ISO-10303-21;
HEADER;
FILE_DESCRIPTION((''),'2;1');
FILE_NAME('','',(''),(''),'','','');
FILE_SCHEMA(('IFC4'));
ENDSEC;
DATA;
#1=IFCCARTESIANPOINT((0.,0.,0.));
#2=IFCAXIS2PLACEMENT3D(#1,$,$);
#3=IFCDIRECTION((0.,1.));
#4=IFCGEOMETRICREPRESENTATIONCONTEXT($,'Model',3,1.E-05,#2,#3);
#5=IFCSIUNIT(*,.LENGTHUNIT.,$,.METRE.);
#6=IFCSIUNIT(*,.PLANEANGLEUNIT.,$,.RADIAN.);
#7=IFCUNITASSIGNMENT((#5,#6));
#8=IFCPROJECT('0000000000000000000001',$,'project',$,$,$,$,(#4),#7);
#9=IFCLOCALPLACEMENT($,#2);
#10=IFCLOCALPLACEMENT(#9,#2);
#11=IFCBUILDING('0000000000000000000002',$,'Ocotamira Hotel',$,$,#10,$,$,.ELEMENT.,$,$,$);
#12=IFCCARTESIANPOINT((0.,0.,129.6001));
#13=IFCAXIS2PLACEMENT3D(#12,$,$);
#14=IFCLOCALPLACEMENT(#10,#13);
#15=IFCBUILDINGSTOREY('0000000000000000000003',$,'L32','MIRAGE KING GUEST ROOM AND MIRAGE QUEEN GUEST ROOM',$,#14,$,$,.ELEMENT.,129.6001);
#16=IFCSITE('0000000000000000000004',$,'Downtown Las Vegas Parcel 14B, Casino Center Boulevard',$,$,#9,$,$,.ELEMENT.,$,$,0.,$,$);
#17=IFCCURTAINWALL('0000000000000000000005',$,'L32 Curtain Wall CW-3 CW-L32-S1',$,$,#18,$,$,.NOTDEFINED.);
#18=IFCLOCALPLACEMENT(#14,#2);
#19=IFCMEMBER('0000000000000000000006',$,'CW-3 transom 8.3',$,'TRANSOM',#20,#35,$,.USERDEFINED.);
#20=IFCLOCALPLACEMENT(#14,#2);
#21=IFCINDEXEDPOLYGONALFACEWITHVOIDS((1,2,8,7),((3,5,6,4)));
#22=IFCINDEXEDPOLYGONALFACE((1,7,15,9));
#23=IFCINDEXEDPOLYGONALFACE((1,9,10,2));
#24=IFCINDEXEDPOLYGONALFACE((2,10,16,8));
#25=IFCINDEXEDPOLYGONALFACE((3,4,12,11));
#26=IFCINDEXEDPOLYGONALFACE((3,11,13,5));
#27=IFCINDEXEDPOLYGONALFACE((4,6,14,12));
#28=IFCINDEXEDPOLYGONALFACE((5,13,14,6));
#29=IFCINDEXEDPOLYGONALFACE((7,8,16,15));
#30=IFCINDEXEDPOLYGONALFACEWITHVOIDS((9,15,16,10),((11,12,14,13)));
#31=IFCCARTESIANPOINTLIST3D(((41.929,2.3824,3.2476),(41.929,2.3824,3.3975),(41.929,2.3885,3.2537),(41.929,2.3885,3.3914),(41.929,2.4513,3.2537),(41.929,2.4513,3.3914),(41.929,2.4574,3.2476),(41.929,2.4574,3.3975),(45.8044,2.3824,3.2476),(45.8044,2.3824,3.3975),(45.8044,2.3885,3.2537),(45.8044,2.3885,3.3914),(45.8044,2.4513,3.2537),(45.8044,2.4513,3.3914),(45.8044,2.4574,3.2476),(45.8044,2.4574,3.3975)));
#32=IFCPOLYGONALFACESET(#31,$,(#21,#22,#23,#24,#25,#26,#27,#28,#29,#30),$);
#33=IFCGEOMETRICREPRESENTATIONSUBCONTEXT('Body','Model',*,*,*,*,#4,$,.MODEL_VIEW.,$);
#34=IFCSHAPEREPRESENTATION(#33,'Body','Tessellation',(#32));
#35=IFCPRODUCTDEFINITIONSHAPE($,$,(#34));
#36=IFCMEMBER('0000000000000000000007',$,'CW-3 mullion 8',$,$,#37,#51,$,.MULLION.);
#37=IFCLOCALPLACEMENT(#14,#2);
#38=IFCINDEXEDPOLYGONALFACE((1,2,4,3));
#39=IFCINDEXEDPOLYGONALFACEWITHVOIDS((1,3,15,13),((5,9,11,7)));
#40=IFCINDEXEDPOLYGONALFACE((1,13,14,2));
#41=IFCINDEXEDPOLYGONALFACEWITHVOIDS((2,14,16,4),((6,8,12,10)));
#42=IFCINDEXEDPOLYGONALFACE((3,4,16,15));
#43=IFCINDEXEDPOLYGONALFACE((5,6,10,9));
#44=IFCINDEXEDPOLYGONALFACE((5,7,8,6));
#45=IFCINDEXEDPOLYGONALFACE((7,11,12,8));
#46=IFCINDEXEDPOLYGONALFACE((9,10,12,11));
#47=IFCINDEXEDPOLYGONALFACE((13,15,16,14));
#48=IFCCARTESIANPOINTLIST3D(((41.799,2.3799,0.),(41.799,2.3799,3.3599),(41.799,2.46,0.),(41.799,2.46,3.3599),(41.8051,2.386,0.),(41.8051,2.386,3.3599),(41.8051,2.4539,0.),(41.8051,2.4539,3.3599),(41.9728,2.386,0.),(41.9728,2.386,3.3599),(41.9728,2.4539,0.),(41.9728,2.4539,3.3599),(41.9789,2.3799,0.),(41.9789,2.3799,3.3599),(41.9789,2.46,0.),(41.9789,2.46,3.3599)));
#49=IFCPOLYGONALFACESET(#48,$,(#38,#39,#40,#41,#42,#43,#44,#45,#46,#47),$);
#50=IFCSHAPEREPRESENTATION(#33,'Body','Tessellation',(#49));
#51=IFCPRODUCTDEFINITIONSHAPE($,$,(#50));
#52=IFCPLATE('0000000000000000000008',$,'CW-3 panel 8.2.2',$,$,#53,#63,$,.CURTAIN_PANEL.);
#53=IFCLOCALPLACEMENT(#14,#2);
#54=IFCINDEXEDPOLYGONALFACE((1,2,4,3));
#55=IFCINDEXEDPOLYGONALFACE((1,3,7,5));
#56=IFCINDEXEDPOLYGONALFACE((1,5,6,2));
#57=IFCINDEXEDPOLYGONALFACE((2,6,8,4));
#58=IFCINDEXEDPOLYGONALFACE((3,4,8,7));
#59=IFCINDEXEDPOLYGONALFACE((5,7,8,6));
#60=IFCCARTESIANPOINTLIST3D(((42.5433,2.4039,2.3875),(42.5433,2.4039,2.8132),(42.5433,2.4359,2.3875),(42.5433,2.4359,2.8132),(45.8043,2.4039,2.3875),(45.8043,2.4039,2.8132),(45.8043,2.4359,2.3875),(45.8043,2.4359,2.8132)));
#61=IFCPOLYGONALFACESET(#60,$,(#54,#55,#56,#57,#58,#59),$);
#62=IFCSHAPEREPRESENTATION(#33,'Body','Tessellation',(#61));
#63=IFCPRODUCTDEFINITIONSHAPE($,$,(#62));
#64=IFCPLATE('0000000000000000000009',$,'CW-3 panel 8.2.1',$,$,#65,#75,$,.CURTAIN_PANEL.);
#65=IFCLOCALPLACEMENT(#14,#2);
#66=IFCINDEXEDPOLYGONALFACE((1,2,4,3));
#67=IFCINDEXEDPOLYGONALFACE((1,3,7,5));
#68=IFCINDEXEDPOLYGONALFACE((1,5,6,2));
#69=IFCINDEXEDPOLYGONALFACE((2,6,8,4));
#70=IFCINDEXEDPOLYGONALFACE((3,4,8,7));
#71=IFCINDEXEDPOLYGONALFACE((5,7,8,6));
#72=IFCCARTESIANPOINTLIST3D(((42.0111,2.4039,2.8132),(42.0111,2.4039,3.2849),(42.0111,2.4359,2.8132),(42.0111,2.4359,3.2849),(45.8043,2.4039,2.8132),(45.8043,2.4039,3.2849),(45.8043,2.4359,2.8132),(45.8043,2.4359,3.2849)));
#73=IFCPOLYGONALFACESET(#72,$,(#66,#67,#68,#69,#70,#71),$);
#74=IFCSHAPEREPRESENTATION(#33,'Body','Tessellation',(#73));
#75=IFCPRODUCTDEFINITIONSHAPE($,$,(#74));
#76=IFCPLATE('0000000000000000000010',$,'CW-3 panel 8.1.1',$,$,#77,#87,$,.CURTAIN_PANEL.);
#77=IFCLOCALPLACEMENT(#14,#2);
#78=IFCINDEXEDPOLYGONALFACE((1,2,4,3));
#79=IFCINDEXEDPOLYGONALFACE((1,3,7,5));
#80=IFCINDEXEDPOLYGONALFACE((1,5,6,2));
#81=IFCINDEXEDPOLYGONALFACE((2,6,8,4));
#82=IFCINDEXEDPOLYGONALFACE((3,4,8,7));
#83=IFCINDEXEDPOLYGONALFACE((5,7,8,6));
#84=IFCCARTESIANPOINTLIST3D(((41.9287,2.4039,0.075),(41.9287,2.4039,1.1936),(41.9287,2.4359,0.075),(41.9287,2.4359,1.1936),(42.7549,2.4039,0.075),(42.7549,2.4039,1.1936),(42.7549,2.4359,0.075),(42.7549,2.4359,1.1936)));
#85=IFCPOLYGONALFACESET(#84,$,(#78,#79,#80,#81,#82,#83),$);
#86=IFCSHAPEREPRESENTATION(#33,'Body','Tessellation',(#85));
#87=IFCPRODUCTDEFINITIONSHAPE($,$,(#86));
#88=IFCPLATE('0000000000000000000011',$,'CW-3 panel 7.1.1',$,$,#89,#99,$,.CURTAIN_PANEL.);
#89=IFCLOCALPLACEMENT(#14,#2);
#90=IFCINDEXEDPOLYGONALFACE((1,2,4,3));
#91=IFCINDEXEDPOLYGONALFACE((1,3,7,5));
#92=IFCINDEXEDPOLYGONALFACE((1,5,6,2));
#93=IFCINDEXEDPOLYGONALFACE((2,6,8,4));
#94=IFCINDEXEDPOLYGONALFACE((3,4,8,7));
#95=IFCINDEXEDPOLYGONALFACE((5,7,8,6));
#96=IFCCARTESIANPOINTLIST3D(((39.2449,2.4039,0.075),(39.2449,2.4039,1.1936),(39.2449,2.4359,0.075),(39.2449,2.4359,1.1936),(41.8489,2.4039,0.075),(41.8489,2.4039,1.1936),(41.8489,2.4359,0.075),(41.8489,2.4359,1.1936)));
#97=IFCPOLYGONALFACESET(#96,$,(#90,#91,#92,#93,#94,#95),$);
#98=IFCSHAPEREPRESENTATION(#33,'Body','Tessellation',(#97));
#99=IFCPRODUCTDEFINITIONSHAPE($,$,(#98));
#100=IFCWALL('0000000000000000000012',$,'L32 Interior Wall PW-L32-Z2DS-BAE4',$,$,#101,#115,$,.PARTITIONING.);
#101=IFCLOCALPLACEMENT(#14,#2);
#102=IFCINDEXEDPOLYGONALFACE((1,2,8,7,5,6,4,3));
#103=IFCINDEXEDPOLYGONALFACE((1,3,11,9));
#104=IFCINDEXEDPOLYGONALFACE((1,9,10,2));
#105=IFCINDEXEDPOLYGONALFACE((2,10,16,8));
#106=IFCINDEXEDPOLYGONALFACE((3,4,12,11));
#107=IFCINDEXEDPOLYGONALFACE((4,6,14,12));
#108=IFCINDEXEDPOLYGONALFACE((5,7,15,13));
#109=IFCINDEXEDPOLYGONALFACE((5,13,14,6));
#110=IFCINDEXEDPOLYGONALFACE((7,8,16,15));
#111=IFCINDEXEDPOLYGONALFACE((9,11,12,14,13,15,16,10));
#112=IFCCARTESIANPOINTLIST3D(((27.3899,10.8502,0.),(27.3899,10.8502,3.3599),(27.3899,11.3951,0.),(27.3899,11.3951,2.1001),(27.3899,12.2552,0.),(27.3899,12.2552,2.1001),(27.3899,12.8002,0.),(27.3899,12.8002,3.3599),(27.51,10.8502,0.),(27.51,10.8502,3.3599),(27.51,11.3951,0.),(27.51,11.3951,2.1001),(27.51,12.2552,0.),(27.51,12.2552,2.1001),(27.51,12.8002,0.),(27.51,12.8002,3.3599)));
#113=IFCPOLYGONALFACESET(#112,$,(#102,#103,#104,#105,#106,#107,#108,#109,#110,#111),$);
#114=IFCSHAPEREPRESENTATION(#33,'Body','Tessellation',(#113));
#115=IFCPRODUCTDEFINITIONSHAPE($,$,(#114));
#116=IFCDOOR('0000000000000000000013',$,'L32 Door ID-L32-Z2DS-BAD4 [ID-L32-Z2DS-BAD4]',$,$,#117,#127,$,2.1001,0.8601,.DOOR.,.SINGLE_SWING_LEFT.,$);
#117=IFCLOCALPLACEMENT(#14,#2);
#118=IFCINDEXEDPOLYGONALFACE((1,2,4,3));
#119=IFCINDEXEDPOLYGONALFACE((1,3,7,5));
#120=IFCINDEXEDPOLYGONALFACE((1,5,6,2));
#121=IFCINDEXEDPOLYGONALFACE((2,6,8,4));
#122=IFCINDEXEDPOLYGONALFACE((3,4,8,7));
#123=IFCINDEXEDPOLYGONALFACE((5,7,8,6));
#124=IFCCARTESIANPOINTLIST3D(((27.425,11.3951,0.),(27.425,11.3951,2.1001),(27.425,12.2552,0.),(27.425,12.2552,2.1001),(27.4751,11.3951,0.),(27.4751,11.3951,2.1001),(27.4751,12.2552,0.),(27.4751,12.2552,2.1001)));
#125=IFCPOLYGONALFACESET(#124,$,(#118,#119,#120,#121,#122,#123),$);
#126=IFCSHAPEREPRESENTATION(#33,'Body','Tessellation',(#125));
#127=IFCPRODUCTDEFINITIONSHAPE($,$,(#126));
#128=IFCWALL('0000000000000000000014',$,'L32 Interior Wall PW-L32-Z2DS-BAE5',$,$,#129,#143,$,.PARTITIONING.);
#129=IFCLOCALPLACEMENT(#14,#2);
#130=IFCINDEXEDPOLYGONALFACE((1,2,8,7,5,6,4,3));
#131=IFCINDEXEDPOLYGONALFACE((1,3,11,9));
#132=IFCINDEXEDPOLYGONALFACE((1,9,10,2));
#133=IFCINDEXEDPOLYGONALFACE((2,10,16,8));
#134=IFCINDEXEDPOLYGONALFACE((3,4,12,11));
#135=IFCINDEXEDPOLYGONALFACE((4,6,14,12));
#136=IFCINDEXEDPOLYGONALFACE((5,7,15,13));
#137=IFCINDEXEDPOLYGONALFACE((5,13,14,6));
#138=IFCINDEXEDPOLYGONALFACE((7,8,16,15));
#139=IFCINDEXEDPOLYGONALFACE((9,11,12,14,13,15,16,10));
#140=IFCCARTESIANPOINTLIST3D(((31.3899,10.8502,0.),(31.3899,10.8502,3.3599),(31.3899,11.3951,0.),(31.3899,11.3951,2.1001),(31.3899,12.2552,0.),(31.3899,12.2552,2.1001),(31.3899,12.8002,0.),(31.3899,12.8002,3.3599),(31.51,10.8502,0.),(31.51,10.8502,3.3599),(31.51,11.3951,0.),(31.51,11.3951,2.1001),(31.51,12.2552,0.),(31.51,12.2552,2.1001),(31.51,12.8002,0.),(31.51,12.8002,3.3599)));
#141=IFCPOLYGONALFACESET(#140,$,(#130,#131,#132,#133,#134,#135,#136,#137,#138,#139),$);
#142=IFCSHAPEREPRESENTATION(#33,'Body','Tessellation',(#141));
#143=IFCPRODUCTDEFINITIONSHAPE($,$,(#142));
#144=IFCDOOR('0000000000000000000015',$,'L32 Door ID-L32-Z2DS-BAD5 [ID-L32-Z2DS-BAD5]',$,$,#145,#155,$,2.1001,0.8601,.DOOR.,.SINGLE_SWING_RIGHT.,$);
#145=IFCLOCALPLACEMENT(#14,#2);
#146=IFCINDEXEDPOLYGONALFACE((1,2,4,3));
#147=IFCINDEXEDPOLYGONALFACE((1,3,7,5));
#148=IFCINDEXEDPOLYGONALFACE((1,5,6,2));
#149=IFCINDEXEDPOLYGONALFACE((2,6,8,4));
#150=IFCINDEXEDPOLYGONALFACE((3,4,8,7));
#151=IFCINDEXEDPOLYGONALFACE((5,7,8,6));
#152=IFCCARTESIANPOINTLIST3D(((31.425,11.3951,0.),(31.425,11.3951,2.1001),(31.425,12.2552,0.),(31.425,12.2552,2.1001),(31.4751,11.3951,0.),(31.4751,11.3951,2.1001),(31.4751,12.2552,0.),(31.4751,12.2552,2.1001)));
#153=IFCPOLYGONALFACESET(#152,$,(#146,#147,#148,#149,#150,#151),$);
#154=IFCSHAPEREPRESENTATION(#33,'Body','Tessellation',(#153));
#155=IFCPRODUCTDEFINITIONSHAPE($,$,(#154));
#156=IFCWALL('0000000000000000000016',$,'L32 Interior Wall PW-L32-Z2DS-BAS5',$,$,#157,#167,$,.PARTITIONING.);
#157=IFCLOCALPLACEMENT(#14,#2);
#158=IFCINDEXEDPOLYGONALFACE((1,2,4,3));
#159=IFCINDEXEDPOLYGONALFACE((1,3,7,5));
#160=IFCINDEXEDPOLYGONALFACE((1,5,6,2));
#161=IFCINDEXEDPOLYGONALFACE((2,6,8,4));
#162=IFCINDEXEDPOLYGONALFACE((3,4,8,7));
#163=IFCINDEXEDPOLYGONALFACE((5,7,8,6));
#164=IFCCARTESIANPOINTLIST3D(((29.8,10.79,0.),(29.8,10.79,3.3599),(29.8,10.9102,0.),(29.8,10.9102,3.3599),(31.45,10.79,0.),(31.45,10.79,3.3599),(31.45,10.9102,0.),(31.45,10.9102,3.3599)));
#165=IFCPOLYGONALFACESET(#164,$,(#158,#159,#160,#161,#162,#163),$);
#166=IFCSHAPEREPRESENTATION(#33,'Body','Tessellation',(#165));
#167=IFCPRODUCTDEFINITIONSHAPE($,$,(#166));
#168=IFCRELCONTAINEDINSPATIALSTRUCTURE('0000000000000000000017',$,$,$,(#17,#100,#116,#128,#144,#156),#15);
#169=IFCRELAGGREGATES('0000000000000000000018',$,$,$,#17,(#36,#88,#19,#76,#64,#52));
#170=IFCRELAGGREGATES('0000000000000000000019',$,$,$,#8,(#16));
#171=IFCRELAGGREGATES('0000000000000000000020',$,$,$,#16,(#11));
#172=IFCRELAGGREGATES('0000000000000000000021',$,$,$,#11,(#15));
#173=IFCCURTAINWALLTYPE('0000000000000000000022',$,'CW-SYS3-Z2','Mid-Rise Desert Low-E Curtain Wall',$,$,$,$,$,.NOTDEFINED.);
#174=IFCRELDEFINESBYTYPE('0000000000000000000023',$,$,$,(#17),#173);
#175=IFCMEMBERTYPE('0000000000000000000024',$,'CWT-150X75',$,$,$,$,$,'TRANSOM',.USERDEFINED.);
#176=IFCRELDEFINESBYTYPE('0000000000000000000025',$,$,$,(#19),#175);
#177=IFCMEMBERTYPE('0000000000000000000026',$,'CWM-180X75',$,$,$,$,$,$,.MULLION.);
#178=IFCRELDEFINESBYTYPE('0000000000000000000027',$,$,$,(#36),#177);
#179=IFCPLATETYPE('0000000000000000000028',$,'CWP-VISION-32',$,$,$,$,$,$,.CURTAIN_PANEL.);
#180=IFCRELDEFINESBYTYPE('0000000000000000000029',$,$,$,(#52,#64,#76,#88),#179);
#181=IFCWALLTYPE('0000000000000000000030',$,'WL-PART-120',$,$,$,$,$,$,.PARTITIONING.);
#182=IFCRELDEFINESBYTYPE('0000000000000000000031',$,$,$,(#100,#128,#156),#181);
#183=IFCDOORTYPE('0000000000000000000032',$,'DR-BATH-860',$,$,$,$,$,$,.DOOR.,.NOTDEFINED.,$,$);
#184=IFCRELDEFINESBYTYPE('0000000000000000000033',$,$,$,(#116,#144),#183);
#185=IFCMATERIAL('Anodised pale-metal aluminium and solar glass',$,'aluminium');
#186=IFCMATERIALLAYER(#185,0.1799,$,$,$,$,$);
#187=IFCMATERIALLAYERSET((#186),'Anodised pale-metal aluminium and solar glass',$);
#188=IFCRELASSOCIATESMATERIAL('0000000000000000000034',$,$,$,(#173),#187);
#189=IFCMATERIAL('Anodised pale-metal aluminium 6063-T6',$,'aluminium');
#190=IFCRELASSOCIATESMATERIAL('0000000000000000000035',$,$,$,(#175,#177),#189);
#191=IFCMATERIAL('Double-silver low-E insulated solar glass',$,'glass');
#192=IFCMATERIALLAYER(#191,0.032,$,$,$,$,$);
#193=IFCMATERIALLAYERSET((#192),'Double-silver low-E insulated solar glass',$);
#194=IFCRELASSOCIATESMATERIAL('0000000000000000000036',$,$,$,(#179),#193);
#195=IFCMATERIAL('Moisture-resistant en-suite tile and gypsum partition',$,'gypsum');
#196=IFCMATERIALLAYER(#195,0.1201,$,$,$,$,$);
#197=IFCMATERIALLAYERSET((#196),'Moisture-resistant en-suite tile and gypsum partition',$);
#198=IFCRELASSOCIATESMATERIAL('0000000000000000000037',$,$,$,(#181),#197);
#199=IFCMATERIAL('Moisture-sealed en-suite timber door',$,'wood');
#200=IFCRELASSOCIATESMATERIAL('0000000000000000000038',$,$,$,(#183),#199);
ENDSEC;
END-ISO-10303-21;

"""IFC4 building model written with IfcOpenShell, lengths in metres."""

from ifc_helpers import new_model, si_unit, direction, frame, frame_2d, origin, origin_2d, place, context, subcontext, project, spatial, rectangle, hollow_rectangle, extrude, source, transform, mapped, material, layer, layer_set, material_profile, profile_set, type_object, element, fill, aggregate, save


model = new_model("IFC4")

# Units and contexts
model_context = context("Model", 3, precision=1e-05, world=origin(), true_north=direction((0.0, 1.0)))
body_context = subcontext(model_context, "Body", "Model", "MODEL_VIEW")
ifc_project = project(units=[si_unit("LENGTHUNIT", "METRE"), si_unit("PLANEANGLEUNIT", "RADIAN")], contexts=[model_context])

# Site, building, storey
site_placement = place(None, origin())
site = spatial("IfcSite", under=ifc_project, at=site_placement, Name="Downtown Las Vegas Parcel 14B, Casino Center Boulevard", CompositionType="ELEMENT", RefElevation=0.0)
building_placement = place(site_placement, origin())
building = spatial("IfcBuilding", under=site, at=building_placement, Name="Ocotamira Hotel", CompositionType="ELEMENT")
storey_placement = place(building_placement, frame((0.0, 0.0, 129.6001)))
storey = spatial("IfcBuildingStorey", under=building, at=storey_placement, Name="L32", Description="MIRAGE KING GUEST ROOM AND MIRAGE QUEEN GUEST ROOM", CompositionType="ELEMENT", Elevation=129.6001)

# Curtain wall, members, plates
ifc_material_1 = material(Name="Anodised pale-metal aluminium and solar glass", Category="aluminium")
ifc_layer_1 = layer(ifc_material_1, 0.1799)
ifc_layer_set_1 = layer_set([ifc_layer_1], Name="Anodised pale-metal aluminium and solar glass")
curtain_wall_type = type_object("IfcCurtainWallType", Name="CW-SYS3-Z2", Description="Mid-Rise Desert Low-E Curtain Wall", PredefinedType="NOTDEFINED", material=ifc_layer_set_1)
curtain_wall_placement = place(storey_placement, origin())
curtain_wall = element("IfcCurtainWall", 1, at=curtain_wall_placement, inside=storey, type_object=curtain_wall_type, Name="L32 Curtain Wall CW-3 CW-L32-S1", PredefinedType="NOTDEFINED")
ifc_material_2 = material(Name="Anodised pale-metal aluminium 6063-T6", Category="aluminium")
ifc_material_profile_1 = material_profile(ifc_material_2, hollow_rectangle(XDim=0.075, YDim=0.1499, WallThickness=0.0061, at=origin_2d()), Name="HSS150X75X6")
ifc_profile_set_1 = profile_set([ifc_material_profile_1], Name="Anodised pale-metal aluminium 6063-T6")
member_type_1 = type_object("IfcMemberType", Name="CWT-150X75", ElementType="TRANSOM", PredefinedType="USERDEFINED", material=ifc_profile_set_1)
shared_shape_1 = source(origin(), body_context, "Body", "SweptSolid", [
    extrude(hollow_rectangle(XDim=0.075, YDim=0.1499, WallThickness=0.0061, at=origin_2d()), origin(), (0.0, 0.0, 1.0), 3.8755),
])
member_1_placement = place(storey_placement, frame((41.929, 2.4199, 3.3225), z_axis=(1.0, 0.0, 0.0), x_axis=(0.0, 1.0, 0.0)))
member_1 = element("IfcMember", 2, at=member_1_placement, type_object=member_type_1, Name="CW-3 transom 8.3", ObjectType="TRANSOM", PredefinedType="USERDEFINED", context=body_context, shape_type="MappedRepresentation", body=[
    mapped(shared_shape_1, transform((0.0, 0.0, 0.0), scale=1.0)),
])
ifc_material_profile_2 = material_profile(ifc_material_2, hollow_rectangle(XDim=0.0801, YDim=0.1799, WallThickness=0.0061, at=origin_2d()), Name="HSS180X80X6")
ifc_profile_set_2 = profile_set([ifc_material_profile_2], Name="Anodised pale-metal aluminium 6063-T6")
member_type_2 = type_object("IfcMemberType", Name="CWM-180X75", PredefinedType="MULLION", material=ifc_profile_set_2)
shared_shape_2 = source(origin(), body_context, "Body", "SweptSolid", [
    extrude(hollow_rectangle(XDim=0.0801, YDim=0.1799, WallThickness=0.0061, at=origin_2d()), origin(), (0.0, 0.0, 1.0), 3.3599),
])
member_2_placement = place(storey_placement, frame((41.8889, 2.4199, 0.0), z_axis=(0.0, 0.0, 1.0), x_axis=(0.0, 1.0, 0.0)))
member_2 = element("IfcMember", 3, at=member_2_placement, type_object=member_type_2, Name="CW-3 mullion 8", PredefinedType="MULLION", context=body_context, shape_type="MappedRepresentation", body=[
    mapped(shared_shape_2, transform((0.0, 0.0, 0.0), scale=1.0)),
])
ifc_material_3 = material(Name="Double-silver low-E insulated solar glass", Category="glass")
ifc_layer_2 = layer(ifc_material_3, 0.032)
ifc_layer_set_2 = layer_set([ifc_layer_2], Name="Double-silver low-E insulated solar glass")
plate_type = type_object("IfcPlateType", Name="CWP-VISION-32", PredefinedType="CURTAIN_PANEL", material=ifc_layer_set_2)
shared_shape_3 = source(origin(), body_context, "Body", "SweptSolid", [
    extrude(rectangle(XDim=3.261, YDim=0.032, at=origin_2d()), origin(), (0.0, 0.0, 1.0), 0.4258),
])
plate_1_placement = place(storey_placement, frame((44.1738, 2.4199, 2.3875), z_axis=(0.0, 0.0, 1.0), x_axis=(1.0, 0.0, 0.0)))
plate_1 = element("IfcPlate", 4, at=plate_1_placement, type_object=plate_type, Name="CW-3 panel 8.2.2", PredefinedType="CURTAIN_PANEL", context=body_context, shape_type="MappedRepresentation", body=[
    mapped(shared_shape_3, transform((0.0, 0.0, 0.0), scale=1.0)),
])
shared_shape_4 = source(origin(), body_context, "Body", "SweptSolid", [
    extrude(rectangle(XDim=3.7932, YDim=0.032, at=origin_2d()), origin(), (0.0, 0.0, 1.0), 0.4717),
])
plate_2_placement = place(storey_placement, frame((43.9077, 2.4199, 2.8132), z_axis=(0.0, 0.0, 1.0), x_axis=(1.0, 0.0, 0.0)))
plate_2 = element("IfcPlate", 5, at=plate_2_placement, type_object=plate_type, Name="CW-3 panel 8.2.1", PredefinedType="CURTAIN_PANEL", context=body_context, shape_type="MappedRepresentation", body=[
    mapped(shared_shape_4, transform((0.0, 0.0, 0.0), scale=1.0)),
])
shared_shape_5 = source(origin(), body_context, "Body", "SweptSolid", [
    extrude(rectangle(XDim=0.8262, YDim=0.032, at=origin_2d()), origin(), (0.0, 0.0, 1.0), 1.1187),
])
plate_3_placement = place(storey_placement, frame((42.3418, 2.4199, 0.075), z_axis=(0.0, 0.0, 1.0), x_axis=(1.0, 0.0, 0.0)))
plate_3 = element("IfcPlate", 6, at=plate_3_placement, type_object=plate_type, Name="CW-3 panel 8.1.1", PredefinedType="CURTAIN_PANEL", context=body_context, shape_type="MappedRepresentation", body=[
    mapped(shared_shape_5, transform((0.0, 0.0, 0.0), scale=1.0)),
])
shared_shape_6 = source(origin(), body_context, "Body", "SweptSolid", [
    extrude(rectangle(XDim=2.604, YDim=0.032, at=origin_2d()), origin(), (0.0, 0.0, 1.0), 1.1187),
])
plate_4_placement = place(storey_placement, frame((40.5469, 2.4199, 0.075), z_axis=(0.0, 0.0, 1.0), x_axis=(1.0, 0.0, 0.0)))
plate_4 = element("IfcPlate", 7, at=plate_4_placement, type_object=plate_type, Name="CW-3 panel 7.1.1", PredefinedType="CURTAIN_PANEL", context=body_context, shape_type="MappedRepresentation", body=[
    mapped(shared_shape_6, transform((0.0, 0.0, 0.0), scale=1.0)),
])
aggregate(curtain_wall, [member_2, plate_4, member_1, plate_3, plate_2, plate_1])

# Walls, openings, doors
ifc_material_4 = material(Name="Moisture-resistant en-suite tile and gypsum partition", Category="gypsum")
ifc_layer_3 = layer(ifc_material_4, 0.1201)
ifc_layer_set_3 = layer_set([ifc_layer_3], Name="Moisture-resistant en-suite tile and gypsum partition")
wall_type = type_object("IfcWallType", Name="WL-PART-120", PredefinedType="PARTITIONING", material=ifc_layer_set_3)
wall_1_placement = place(storey_placement, frame((27.45, 10.8501, 0.0), z_axis=(0.0, 0.0, 1.0), x_axis=(0.0, 1.0, 0.0)))
wall_1 = element("IfcWall", 8, at=wall_1_placement, inside=storey, type_object=wall_type, Name="L32 Interior Wall PW-L32-Z2DS-BAE4", PredefinedType="PARTITIONING", context=body_context, shape_type="SweptSolid", body=[
    extrude(rectangle(XDim=1.95, YDim=0.1201, at=frame_2d((0.9751, 0.0))), origin(), (0.0, 0.0, 1.0), 3.3599),
])
opening_1_placement = place(wall_1_placement, frame((0.5449, 0.0, 0.0)))
opening_1 = element("IfcOpeningElement", 9, at=opening_1_placement, cuts=wall_1, PredefinedType="OPENING", context=body_context, shape_type="SweptSolid", body=[
    extrude(rectangle(XDim=0.8601, YDim=2.1001, at=frame_2d((0.4302, 1.05))), frame((0.0, 0.0701, 0.0), z_axis=(0.0, -1.0, 0.0), x_axis=(1.0, 0.0, 0.0)), (0.0, 0.0, 1.0), 0.1401),
])
ifc_material_5 = material(Name="Moisture-sealed en-suite timber door", Category="wood")
door_type = type_object("IfcDoorType", Name="DR-BATH-860", OperationType="NOTDEFINED", PredefinedType="DOOR", material=ifc_material_5)
shared_shape_7 = source(origin(), body_context, "Body", "SweptSolid", [
    extrude(rectangle(XDim=0.8601, YDim=2.1001, at=frame_2d((0.4302, 1.05))), frame((0.0, 0.0249, 0.0), z_axis=(0.0, -1.0, 0.0), x_axis=(1.0, 0.0, 0.0)), (0.0, 0.0, 1.0), 0.05),
])
door_1_placement = place(opening_1_placement, origin())
door_1 = element("IfcDoor", 10, at=door_1_placement, inside=storey, type_object=door_type, Name="L32 Door ID-L32-Z2DS-BAD4 [ID-L32-Z2DS-BAD4]", OperationType="SINGLE_SWING_LEFT", OverallHeight=2.1001, OverallWidth=0.8601, PredefinedType="DOOR", context=body_context, shape_type="MappedRepresentation", body=[
    mapped(shared_shape_7, transform((0.0, 0.0, 0.0), scale=1.0)),
])
fill(opening_1, door_1)
wall_2_placement = place(storey_placement, frame((31.45, 10.8501, 0.0), z_axis=(0.0, 0.0, 1.0), x_axis=(0.0, 1.0, 0.0)))
wall_2 = element("IfcWall", 11, at=wall_2_placement, inside=storey, type_object=wall_type, Name="L32 Interior Wall PW-L32-Z2DS-BAE5", PredefinedType="PARTITIONING", context=body_context, shape_type="SweptSolid", body=[
    extrude(rectangle(XDim=1.95, YDim=0.1201, at=frame_2d((0.9751, 0.0))), origin(), (0.0, 0.0, 1.0), 3.3599),
])
opening_2_placement = place(wall_2_placement, frame((0.5449, 0.0, 0.0)))
opening_2 = element("IfcOpeningElement", 12, at=opening_2_placement, cuts=wall_2, PredefinedType="OPENING", context=body_context, shape_type="SweptSolid", body=[
    extrude(rectangle(XDim=0.8601, YDim=2.1001, at=frame_2d((0.4302, 1.05))), frame((0.0, 0.0701, 0.0), z_axis=(0.0, -1.0, 0.0), x_axis=(1.0, 0.0, 0.0)), (0.0, 0.0, 1.0), 0.1401),
])
door_2_placement = place(opening_2_placement, origin())
door_2 = element("IfcDoor", 13, at=door_2_placement, inside=storey, type_object=door_type, Name="L32 Door ID-L32-Z2DS-BAD5 [ID-L32-Z2DS-BAD5]", OperationType="SINGLE_SWING_RIGHT", OverallHeight=2.1001, OverallWidth=0.8601, PredefinedType="DOOR", context=body_context, shape_type="MappedRepresentation", body=[
    mapped(shared_shape_7, transform((0.0, 0.0, 0.0), scale=1.0)),
])
fill(opening_2, door_2)

# Wall
wall_3_placement = place(storey_placement, frame((29.8, 10.8501, 0.0), z_axis=(0.0, 0.0, 1.0), x_axis=(1.0, 0.0, 0.0)))
element("IfcWall", 14, at=wall_3_placement, inside=storey, type_object=wall_type, Name="L32 Interior Wall PW-L32-Z2DS-BAS5", PredefinedType="PARTITIONING", context=body_context, shape_type="SweptSolid", body=[
    extrude(rectangle(XDim=1.6499, YDim=0.1201, at=frame_2d((0.825, 0.0))), origin(), (0.0, 0.0, 1.0), 3.3599),
])

save(model, "model.ifc")
